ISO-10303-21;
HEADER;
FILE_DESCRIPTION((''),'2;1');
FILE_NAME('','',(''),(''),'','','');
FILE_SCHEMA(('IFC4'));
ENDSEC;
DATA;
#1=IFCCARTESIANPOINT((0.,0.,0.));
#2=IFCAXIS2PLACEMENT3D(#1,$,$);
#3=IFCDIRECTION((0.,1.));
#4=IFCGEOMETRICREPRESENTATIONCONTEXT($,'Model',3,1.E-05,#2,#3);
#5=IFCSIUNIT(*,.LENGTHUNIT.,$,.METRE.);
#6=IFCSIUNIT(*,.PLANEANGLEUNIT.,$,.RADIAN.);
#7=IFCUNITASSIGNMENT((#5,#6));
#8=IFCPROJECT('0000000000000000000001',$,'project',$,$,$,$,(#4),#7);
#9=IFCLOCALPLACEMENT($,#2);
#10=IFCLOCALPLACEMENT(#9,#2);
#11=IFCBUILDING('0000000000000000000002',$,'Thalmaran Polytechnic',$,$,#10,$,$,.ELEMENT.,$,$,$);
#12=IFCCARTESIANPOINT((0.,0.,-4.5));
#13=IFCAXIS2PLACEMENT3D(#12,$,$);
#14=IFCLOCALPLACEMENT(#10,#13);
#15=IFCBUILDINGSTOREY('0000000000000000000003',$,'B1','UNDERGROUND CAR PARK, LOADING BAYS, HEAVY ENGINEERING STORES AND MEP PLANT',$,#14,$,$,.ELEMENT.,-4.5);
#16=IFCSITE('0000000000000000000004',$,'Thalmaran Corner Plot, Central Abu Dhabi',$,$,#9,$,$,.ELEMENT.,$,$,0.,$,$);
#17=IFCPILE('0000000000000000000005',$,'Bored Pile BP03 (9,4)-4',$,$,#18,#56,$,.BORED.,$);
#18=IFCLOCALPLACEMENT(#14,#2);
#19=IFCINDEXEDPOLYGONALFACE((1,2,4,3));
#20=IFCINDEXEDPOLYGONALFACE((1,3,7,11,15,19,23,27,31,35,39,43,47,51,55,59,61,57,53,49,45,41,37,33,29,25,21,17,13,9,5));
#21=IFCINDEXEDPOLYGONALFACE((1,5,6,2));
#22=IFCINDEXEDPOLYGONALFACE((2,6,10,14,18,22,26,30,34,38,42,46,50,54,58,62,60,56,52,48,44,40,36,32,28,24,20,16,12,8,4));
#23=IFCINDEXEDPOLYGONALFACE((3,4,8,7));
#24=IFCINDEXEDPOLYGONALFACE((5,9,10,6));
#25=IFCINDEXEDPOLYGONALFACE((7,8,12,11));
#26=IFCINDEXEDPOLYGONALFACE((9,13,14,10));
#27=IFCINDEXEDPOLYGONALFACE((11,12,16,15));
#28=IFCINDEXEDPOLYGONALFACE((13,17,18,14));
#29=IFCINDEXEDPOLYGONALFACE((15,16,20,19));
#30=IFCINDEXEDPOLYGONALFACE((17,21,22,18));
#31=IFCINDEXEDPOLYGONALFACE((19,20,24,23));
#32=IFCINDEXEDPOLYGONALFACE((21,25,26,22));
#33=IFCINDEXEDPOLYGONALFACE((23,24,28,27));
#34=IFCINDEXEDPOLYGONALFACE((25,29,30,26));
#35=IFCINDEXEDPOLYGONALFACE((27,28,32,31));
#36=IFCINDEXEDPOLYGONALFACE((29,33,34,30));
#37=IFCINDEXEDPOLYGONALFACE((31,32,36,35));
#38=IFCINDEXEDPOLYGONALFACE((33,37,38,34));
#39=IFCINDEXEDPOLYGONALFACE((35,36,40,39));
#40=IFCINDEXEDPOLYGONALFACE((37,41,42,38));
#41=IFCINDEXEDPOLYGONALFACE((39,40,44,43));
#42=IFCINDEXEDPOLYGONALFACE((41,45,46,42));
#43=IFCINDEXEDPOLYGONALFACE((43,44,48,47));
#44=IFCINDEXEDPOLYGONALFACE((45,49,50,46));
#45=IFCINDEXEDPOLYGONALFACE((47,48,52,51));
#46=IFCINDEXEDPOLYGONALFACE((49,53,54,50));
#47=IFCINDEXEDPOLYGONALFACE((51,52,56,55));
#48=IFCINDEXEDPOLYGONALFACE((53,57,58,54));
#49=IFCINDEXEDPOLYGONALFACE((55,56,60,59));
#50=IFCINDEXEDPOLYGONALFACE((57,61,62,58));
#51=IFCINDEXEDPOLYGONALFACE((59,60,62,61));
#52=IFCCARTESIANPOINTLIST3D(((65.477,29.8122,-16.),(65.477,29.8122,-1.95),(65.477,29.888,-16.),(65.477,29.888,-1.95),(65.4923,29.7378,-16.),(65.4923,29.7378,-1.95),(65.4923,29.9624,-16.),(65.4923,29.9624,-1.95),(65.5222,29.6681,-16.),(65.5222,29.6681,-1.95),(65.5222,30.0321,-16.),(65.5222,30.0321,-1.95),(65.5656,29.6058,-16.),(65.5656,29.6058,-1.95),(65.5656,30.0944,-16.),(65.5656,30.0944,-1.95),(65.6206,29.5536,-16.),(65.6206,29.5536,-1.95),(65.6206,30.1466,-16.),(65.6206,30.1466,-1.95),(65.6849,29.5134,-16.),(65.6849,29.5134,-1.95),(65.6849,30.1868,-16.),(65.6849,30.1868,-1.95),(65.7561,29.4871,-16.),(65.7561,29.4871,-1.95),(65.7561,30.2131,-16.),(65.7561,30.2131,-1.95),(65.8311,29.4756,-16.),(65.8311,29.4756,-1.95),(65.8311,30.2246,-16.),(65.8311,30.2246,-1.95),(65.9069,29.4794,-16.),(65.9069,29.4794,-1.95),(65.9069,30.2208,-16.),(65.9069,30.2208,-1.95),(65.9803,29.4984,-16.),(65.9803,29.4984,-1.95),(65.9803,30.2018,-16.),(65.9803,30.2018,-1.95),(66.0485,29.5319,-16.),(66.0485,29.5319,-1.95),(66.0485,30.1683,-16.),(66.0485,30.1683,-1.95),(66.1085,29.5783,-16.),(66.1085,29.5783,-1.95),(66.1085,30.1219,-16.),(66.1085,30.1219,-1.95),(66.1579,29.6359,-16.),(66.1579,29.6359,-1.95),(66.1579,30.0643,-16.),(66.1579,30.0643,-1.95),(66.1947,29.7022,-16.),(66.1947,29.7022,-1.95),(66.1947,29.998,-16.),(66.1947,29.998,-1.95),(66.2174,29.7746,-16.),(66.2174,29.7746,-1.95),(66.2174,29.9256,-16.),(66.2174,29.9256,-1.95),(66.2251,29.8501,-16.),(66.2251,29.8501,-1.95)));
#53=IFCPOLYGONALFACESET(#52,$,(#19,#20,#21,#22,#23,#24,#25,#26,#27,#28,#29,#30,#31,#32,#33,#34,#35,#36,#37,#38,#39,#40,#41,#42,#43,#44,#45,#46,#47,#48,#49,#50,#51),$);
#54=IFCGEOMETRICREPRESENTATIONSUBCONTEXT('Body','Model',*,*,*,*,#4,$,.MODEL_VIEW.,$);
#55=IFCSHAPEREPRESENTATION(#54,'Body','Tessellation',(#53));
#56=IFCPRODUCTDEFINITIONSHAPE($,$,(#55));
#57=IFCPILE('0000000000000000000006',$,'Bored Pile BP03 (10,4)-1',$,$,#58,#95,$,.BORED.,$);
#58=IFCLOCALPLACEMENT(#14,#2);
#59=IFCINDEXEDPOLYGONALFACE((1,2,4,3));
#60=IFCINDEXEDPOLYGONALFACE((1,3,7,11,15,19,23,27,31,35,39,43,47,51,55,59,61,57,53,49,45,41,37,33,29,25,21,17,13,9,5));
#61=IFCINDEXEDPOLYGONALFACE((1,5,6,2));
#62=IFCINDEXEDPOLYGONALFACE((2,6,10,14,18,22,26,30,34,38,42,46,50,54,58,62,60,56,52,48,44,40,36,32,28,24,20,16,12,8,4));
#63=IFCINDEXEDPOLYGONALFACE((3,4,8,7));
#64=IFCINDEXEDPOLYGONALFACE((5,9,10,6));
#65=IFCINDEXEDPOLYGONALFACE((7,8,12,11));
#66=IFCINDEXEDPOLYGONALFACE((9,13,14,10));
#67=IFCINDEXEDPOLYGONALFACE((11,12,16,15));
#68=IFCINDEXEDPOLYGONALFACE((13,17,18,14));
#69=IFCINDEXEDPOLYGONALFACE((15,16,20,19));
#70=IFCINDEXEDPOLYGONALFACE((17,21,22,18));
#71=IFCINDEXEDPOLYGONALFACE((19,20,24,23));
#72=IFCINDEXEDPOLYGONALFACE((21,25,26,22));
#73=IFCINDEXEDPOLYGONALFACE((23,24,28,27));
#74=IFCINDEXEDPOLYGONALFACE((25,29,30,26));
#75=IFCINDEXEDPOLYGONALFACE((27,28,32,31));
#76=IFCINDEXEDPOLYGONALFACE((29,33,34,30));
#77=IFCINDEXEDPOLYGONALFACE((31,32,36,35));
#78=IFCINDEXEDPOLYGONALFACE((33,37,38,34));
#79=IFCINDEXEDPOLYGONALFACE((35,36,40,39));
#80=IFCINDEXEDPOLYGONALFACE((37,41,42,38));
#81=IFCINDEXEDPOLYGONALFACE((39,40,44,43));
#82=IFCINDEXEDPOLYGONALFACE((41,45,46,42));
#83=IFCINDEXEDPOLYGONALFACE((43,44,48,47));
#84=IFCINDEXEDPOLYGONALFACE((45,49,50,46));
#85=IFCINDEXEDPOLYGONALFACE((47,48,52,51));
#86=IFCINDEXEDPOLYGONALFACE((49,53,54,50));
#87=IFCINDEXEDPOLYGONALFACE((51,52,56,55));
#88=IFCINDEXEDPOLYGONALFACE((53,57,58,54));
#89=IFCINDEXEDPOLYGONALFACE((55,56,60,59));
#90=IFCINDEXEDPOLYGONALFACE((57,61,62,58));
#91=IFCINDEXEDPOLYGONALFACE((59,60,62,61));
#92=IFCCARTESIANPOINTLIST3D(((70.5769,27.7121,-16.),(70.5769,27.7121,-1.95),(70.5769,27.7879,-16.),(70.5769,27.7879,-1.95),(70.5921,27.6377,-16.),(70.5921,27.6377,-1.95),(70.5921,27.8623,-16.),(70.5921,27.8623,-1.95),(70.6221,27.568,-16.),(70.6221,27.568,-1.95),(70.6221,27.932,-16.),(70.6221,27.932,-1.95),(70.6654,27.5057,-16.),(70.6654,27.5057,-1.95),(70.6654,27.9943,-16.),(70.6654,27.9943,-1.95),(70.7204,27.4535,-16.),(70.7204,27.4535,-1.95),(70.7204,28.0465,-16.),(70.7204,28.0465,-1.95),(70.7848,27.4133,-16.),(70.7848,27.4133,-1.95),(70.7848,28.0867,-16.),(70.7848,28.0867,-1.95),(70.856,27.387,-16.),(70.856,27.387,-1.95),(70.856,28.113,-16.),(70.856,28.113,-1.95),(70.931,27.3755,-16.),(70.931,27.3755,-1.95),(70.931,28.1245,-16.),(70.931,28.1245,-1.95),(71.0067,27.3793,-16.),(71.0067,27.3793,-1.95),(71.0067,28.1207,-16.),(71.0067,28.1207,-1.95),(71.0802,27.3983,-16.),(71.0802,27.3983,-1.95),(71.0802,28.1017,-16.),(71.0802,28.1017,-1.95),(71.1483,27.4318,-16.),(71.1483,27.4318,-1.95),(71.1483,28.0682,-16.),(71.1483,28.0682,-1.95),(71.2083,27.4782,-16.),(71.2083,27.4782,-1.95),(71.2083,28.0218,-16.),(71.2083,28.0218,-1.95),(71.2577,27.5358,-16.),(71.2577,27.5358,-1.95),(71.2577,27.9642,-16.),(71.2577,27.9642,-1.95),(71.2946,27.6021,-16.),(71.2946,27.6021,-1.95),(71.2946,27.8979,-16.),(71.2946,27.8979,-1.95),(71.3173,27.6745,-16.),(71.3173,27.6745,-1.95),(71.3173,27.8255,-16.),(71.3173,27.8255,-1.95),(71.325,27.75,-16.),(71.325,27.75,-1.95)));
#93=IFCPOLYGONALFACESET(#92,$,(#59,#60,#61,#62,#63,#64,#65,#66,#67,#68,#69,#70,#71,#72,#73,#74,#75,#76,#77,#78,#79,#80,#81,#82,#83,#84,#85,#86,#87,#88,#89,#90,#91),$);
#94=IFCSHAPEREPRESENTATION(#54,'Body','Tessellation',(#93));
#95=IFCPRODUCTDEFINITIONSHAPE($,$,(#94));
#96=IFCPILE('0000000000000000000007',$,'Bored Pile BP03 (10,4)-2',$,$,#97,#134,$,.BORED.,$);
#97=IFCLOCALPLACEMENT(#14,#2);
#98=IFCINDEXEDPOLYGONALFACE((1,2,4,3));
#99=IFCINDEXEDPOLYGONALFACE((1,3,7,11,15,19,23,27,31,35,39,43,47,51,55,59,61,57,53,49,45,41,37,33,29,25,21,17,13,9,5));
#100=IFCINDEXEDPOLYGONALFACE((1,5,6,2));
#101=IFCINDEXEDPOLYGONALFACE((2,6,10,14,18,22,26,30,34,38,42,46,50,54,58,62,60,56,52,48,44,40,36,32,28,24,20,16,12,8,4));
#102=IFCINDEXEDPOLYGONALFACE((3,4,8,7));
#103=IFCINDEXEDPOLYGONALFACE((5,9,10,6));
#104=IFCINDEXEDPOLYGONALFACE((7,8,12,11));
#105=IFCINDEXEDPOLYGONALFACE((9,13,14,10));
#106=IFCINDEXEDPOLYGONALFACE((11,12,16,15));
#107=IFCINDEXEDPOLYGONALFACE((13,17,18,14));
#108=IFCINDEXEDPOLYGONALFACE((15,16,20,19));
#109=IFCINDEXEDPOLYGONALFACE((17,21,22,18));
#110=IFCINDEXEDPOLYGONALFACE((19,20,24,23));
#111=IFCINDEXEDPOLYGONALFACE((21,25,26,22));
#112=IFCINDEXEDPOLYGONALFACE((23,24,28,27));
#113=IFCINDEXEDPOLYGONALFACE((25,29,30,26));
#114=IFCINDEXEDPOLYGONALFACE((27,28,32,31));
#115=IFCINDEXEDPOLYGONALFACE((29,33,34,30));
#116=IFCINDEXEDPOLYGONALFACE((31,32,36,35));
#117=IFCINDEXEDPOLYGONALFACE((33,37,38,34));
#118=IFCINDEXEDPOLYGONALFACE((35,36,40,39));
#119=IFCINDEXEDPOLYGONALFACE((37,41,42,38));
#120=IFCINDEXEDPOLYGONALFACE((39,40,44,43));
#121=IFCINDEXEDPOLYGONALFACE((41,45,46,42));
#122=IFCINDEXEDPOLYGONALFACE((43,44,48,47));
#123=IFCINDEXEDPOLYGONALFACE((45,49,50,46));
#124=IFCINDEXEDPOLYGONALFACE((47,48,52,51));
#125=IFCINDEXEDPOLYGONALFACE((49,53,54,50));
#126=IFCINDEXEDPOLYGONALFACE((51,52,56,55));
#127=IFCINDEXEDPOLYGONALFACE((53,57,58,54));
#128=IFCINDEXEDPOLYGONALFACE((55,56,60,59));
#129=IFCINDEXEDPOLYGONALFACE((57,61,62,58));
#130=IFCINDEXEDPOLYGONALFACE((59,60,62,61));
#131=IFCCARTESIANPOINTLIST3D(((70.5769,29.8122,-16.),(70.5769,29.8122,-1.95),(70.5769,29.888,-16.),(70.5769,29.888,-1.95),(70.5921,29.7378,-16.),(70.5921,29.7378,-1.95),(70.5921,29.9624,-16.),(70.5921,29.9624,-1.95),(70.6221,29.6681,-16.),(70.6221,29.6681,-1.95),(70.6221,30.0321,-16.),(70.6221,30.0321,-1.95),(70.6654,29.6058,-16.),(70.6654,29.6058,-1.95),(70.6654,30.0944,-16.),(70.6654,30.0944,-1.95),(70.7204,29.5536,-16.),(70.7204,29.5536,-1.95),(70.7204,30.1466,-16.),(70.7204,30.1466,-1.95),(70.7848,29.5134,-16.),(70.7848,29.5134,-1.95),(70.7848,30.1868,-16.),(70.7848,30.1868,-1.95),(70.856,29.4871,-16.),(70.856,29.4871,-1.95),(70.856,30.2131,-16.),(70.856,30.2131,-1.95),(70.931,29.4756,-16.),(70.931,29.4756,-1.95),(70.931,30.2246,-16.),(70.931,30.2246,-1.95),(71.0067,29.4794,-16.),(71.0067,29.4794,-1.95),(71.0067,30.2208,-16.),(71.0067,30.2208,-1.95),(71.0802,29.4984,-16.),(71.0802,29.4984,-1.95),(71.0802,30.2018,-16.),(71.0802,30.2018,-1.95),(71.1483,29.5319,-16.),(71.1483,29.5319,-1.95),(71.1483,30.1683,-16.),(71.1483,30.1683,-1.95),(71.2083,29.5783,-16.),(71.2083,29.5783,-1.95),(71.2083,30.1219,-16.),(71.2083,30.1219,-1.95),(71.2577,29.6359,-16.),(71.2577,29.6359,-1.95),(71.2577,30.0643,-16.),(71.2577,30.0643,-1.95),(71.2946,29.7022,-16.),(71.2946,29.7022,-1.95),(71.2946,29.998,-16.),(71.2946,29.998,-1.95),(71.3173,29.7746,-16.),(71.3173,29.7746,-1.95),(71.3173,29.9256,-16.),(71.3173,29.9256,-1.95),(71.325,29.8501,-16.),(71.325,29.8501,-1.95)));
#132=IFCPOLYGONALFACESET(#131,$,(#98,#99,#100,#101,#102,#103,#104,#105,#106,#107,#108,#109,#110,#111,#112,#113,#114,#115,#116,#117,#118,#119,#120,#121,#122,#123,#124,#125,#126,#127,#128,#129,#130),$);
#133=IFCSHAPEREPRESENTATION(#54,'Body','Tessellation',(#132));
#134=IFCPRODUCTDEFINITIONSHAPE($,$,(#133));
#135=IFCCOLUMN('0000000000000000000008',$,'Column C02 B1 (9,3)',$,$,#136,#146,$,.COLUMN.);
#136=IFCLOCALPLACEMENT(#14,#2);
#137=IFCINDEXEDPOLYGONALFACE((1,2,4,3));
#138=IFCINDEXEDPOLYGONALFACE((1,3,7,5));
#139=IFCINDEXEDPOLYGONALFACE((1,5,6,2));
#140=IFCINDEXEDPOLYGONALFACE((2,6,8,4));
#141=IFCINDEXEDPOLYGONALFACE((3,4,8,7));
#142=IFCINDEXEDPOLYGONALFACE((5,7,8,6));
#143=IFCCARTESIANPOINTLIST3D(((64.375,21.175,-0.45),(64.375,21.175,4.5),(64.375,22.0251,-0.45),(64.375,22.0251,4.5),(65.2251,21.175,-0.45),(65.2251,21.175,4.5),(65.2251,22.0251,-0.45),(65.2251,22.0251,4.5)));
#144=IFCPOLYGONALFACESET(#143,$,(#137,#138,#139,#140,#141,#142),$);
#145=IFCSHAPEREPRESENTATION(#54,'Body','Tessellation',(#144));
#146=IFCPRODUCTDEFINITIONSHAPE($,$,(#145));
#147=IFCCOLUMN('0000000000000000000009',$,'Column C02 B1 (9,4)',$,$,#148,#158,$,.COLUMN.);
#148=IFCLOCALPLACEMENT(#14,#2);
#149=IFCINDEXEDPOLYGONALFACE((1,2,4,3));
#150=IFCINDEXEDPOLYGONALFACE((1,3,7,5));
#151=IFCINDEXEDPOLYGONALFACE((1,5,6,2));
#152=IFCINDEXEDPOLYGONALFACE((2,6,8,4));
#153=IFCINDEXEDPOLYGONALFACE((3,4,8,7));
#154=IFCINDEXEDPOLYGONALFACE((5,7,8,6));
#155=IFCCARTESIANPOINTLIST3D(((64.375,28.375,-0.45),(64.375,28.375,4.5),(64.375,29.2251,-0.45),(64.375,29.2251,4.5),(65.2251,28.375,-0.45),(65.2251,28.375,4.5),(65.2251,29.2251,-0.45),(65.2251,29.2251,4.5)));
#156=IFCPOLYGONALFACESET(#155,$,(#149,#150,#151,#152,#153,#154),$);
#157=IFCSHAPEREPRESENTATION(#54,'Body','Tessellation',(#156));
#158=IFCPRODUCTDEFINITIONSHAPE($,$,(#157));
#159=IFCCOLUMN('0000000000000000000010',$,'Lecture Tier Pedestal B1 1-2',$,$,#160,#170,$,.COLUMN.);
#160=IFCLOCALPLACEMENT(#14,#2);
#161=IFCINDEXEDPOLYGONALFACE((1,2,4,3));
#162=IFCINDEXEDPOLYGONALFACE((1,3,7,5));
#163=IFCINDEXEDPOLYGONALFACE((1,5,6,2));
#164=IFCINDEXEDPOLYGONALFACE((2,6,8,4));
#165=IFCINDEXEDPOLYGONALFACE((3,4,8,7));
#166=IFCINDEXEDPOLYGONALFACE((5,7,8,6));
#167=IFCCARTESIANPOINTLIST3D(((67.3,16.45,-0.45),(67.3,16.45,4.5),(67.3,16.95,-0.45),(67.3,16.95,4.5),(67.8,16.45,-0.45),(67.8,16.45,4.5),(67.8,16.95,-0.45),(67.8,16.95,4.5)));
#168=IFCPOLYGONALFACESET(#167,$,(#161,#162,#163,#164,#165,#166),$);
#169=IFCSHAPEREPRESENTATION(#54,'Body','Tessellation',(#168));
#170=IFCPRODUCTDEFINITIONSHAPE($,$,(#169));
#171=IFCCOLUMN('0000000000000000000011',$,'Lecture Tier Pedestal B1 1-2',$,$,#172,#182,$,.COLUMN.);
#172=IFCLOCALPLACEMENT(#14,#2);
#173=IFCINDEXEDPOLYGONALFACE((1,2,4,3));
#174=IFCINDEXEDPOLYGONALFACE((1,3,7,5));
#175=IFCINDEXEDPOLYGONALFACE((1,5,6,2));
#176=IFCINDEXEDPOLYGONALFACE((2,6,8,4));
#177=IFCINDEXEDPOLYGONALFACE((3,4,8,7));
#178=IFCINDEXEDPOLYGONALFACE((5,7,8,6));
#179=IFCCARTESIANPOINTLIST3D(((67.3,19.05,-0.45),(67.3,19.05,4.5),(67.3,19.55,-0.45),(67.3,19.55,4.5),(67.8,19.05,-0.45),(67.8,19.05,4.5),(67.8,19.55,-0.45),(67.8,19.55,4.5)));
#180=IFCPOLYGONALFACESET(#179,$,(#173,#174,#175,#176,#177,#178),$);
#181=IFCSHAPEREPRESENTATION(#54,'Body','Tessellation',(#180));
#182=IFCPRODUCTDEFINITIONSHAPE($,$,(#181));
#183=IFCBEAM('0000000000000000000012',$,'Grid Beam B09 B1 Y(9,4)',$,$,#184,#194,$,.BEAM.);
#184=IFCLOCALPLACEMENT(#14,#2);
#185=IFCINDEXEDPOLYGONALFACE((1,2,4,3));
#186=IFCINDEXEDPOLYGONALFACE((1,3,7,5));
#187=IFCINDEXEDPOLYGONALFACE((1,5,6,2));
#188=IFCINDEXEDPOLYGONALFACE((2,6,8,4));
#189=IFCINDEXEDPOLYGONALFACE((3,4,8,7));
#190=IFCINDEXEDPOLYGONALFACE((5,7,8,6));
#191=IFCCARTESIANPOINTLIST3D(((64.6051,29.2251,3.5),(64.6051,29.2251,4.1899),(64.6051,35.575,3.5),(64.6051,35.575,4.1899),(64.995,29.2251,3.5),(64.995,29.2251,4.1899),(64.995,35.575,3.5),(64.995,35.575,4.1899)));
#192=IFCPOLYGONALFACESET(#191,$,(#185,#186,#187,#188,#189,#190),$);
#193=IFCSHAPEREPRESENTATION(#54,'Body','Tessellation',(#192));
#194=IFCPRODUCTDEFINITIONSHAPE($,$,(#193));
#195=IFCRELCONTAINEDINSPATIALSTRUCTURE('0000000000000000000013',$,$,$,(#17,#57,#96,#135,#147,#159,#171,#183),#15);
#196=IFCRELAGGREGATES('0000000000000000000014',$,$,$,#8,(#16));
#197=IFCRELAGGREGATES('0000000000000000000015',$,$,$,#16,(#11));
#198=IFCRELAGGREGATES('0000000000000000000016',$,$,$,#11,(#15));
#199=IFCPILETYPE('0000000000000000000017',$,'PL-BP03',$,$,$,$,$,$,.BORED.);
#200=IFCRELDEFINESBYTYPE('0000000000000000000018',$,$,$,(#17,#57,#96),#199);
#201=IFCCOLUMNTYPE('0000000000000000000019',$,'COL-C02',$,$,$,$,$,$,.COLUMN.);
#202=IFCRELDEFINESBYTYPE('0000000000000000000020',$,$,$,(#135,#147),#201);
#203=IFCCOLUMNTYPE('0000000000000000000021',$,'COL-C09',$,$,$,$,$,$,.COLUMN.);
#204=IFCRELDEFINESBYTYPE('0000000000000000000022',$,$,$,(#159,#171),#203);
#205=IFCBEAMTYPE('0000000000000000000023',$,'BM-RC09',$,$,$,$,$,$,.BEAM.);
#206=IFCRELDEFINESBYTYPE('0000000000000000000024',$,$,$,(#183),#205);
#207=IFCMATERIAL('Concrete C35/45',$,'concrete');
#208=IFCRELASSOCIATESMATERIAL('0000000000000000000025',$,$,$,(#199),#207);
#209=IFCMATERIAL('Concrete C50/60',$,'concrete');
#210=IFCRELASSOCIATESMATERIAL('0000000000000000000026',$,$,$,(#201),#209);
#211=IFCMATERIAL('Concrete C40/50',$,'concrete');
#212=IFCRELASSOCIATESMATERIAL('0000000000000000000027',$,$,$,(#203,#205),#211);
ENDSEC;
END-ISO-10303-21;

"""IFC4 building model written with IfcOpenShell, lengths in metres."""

from ifc_helpers import new_model, si_unit, direction, frame, origin, origin_2d, place, context, subcontext, project, spatial, rectangle, circle, extrude, material, material_profile, profile_set, type_object, element, save


model = new_model("IFC4")

# Units and contexts
model_context = context("Model", 3, precision=1e-05, world=origin(), true_north=direction((0.0, 1.0)))
body_context = subcontext(model_context, "Body", "Model", "MODEL_VIEW")
ifc_project = project(units=[si_unit("LENGTHUNIT", "METRE"), si_unit("PLANEANGLEUNIT", "RADIAN")], contexts=[model_context])

# Site, building, storey
site_placement = place(None, origin())
site = spatial("IfcSite", under=ifc_project, at=site_placement, Name="Thalmaran Corner Plot, Central Abu Dhabi", CompositionType="ELEMENT", RefElevation=0.0)
building_placement = place(site_placement, origin())
building = spatial("IfcBuilding", under=site, at=building_placement, Name="Thalmaran Polytechnic", CompositionType="ELEMENT")
storey_placement = place(building_placement, frame((0.0, 0.0, -4.5)))
storey = spatial("IfcBuildingStorey", under=building, at=storey_placement, Name="B1", Description="UNDERGROUND CAR PARK, LOADING BAYS, HEAVY ENGINEERING STORES AND MEP PLANT", CompositionType="ELEMENT", Elevation=-4.5)

# Shared definitions
ifc_material_1 = material(Name="Concrete C40/50", Category="concrete")

# Piles
ifc_material_2 = material(Name="Concrete C35/45", Category="concrete")
ifc_material_profile_1 = material_profile(ifc_material_2, circle(Radius=0.375, at=origin_2d()), Name="RC 750 DIA")
ifc_profile_set_1 = profile_set([ifc_material_profile_1], Name="Concrete C35/45")
pile_type = type_object("IfcPileType", Name="PL-BP03", PredefinedType="BORED", material=ifc_profile_set_1)
for number, where, z_axis, x_axis, name in (
    (1, (65.8501, 29.8501, -1.95), (0.0, 0.0, -1.0), (1.0, 0.0, 0.0), "Bored Pile BP03 (9,4)-4"),
    (2, (70.95, 27.75, -1.95), (0.0, 0.0, -1.0), (1.0, 0.0, 0.0), "Bored Pile BP03 (10,4)-1"),
    (3, (70.95, 29.8501, -1.95), (0.0, 0.0, -1.0), (1.0, 0.0, 0.0), "Bored Pile BP03 (10,4)-2"),
):
    element("IfcPile", number, at=place(storey_placement, frame(where, z_axis=z_axis, x_axis=x_axis)), inside=storey, type_object=pile_type, Name=name, PredefinedType="BORED", context=body_context, shape_type="SweptSolid", body=[
        extrude(circle(Radius=0.375, at=origin_2d()), origin(), (0.0, 0.0, 1.0), 14.05),
    ])

# Columns
ifc_material_3 = material(Name="Concrete C50/60", Category="concrete")
ifc_material_profile_2 = material_profile(ifc_material_3, rectangle(XDim=0.8501, YDim=0.8501, at=origin_2d()), Name="RC 850x850")
ifc_profile_set_2 = profile_set([ifc_material_profile_2], Name="Concrete C50/60")
column_type_1 = type_object("IfcColumnType", Name="COL-C02", PredefinedType="COLUMN", material=ifc_profile_set_2)
for number, where, z_axis, x_axis, name in (
    (4, (64.8, 21.6001, -0.45), (0.0, 0.0, 1.0), (1.0, 0.0, 0.0), "Column C02 B1 (9,3)"),
    (5, (64.8, 28.8, -0.45), (0.0, 0.0, 1.0), (1.0, 0.0, 0.0), "Column C02 B1 (9,4)"),
):
    element("IfcColumn", number, at=place(storey_placement, frame(where, z_axis=z_axis, x_axis=x_axis)), inside=storey, type_object=column_type_1, Name=name, PredefinedType="COLUMN", context=body_context, shape_type="SweptSolid", body=[
        extrude(rectangle(XDim=0.8501, YDim=0.8501, at=origin_2d()), origin(), (0.0, 0.0, 1.0), 4.95),
    ])
ifc_material_profile_3 = material_profile(ifc_material_1, rectangle(XDim=0.5, YDim=0.5, at=origin_2d()), Name="RC 500x500")
ifc_profile_set_3 = profile_set([ifc_material_profile_3], Name="Concrete C40/50")
column_type_2 = type_object("IfcColumnType", Name="COL-C09", PredefinedType="COLUMN", material=ifc_profile_set_3)
for number, where, z_axis, x_axis, name in (
    (6, (67.55, 16.7, -0.45), (0.0, 0.0, 1.0), (1.0, 0.0, 0.0), "Lecture Tier Pedestal B1 1-2"),
    (7, (67.55, 19.3, -0.45), (0.0, 0.0, 1.0), (1.0, 0.0, 0.0), "Lecture Tier Pedestal B1 1-2"),
):
    element("IfcColumn", number, at=place(storey_placement, frame(where, z_axis=z_axis, x_axis=x_axis)), inside=storey, type_object=column_type_2, Name=name, PredefinedType="COLUMN", context=body_context, shape_type="SweptSolid", body=[
        extrude(rectangle(XDim=0.5, YDim=0.5, at=origin_2d()), origin(), (0.0, 0.0, 1.0), 4.95),
    ])

# Beam
ifc_material_profile_4 = material_profile(ifc_material_1, rectangle(XDim=0.3899, YDim=0.6899, at=origin_2d()), Name="RC 390x690")
ifc_profile_set_4 = profile_set([ifc_material_profile_4], Name="Concrete C40/50")
beam_type_1 = type_object("IfcBeamType", Name="BM-RC09", PredefinedType="BEAM", material=ifc_profile_set_4)
beam_1_placement = place(storey_placement, frame((64.8, 29.2251, 3.845), z_axis=(0.0, 1.0, 0.0), x_axis=(-1.0, 0.0, 0.0)))
element("IfcBeam", 8, at=beam_1_placement, inside=storey, type_object=beam_type_1, Name="Grid Beam B09 B1 Y(9,4)", PredefinedType="BEAM", context=body_context, shape_type="SweptSolid", body=[
    extrude(rectangle(XDim=0.3899, YDim=0.6899, at=origin_2d()), origin(), (0.0, 0.0, 1.0), 6.3499),
])

save(model, "model.ifc")
